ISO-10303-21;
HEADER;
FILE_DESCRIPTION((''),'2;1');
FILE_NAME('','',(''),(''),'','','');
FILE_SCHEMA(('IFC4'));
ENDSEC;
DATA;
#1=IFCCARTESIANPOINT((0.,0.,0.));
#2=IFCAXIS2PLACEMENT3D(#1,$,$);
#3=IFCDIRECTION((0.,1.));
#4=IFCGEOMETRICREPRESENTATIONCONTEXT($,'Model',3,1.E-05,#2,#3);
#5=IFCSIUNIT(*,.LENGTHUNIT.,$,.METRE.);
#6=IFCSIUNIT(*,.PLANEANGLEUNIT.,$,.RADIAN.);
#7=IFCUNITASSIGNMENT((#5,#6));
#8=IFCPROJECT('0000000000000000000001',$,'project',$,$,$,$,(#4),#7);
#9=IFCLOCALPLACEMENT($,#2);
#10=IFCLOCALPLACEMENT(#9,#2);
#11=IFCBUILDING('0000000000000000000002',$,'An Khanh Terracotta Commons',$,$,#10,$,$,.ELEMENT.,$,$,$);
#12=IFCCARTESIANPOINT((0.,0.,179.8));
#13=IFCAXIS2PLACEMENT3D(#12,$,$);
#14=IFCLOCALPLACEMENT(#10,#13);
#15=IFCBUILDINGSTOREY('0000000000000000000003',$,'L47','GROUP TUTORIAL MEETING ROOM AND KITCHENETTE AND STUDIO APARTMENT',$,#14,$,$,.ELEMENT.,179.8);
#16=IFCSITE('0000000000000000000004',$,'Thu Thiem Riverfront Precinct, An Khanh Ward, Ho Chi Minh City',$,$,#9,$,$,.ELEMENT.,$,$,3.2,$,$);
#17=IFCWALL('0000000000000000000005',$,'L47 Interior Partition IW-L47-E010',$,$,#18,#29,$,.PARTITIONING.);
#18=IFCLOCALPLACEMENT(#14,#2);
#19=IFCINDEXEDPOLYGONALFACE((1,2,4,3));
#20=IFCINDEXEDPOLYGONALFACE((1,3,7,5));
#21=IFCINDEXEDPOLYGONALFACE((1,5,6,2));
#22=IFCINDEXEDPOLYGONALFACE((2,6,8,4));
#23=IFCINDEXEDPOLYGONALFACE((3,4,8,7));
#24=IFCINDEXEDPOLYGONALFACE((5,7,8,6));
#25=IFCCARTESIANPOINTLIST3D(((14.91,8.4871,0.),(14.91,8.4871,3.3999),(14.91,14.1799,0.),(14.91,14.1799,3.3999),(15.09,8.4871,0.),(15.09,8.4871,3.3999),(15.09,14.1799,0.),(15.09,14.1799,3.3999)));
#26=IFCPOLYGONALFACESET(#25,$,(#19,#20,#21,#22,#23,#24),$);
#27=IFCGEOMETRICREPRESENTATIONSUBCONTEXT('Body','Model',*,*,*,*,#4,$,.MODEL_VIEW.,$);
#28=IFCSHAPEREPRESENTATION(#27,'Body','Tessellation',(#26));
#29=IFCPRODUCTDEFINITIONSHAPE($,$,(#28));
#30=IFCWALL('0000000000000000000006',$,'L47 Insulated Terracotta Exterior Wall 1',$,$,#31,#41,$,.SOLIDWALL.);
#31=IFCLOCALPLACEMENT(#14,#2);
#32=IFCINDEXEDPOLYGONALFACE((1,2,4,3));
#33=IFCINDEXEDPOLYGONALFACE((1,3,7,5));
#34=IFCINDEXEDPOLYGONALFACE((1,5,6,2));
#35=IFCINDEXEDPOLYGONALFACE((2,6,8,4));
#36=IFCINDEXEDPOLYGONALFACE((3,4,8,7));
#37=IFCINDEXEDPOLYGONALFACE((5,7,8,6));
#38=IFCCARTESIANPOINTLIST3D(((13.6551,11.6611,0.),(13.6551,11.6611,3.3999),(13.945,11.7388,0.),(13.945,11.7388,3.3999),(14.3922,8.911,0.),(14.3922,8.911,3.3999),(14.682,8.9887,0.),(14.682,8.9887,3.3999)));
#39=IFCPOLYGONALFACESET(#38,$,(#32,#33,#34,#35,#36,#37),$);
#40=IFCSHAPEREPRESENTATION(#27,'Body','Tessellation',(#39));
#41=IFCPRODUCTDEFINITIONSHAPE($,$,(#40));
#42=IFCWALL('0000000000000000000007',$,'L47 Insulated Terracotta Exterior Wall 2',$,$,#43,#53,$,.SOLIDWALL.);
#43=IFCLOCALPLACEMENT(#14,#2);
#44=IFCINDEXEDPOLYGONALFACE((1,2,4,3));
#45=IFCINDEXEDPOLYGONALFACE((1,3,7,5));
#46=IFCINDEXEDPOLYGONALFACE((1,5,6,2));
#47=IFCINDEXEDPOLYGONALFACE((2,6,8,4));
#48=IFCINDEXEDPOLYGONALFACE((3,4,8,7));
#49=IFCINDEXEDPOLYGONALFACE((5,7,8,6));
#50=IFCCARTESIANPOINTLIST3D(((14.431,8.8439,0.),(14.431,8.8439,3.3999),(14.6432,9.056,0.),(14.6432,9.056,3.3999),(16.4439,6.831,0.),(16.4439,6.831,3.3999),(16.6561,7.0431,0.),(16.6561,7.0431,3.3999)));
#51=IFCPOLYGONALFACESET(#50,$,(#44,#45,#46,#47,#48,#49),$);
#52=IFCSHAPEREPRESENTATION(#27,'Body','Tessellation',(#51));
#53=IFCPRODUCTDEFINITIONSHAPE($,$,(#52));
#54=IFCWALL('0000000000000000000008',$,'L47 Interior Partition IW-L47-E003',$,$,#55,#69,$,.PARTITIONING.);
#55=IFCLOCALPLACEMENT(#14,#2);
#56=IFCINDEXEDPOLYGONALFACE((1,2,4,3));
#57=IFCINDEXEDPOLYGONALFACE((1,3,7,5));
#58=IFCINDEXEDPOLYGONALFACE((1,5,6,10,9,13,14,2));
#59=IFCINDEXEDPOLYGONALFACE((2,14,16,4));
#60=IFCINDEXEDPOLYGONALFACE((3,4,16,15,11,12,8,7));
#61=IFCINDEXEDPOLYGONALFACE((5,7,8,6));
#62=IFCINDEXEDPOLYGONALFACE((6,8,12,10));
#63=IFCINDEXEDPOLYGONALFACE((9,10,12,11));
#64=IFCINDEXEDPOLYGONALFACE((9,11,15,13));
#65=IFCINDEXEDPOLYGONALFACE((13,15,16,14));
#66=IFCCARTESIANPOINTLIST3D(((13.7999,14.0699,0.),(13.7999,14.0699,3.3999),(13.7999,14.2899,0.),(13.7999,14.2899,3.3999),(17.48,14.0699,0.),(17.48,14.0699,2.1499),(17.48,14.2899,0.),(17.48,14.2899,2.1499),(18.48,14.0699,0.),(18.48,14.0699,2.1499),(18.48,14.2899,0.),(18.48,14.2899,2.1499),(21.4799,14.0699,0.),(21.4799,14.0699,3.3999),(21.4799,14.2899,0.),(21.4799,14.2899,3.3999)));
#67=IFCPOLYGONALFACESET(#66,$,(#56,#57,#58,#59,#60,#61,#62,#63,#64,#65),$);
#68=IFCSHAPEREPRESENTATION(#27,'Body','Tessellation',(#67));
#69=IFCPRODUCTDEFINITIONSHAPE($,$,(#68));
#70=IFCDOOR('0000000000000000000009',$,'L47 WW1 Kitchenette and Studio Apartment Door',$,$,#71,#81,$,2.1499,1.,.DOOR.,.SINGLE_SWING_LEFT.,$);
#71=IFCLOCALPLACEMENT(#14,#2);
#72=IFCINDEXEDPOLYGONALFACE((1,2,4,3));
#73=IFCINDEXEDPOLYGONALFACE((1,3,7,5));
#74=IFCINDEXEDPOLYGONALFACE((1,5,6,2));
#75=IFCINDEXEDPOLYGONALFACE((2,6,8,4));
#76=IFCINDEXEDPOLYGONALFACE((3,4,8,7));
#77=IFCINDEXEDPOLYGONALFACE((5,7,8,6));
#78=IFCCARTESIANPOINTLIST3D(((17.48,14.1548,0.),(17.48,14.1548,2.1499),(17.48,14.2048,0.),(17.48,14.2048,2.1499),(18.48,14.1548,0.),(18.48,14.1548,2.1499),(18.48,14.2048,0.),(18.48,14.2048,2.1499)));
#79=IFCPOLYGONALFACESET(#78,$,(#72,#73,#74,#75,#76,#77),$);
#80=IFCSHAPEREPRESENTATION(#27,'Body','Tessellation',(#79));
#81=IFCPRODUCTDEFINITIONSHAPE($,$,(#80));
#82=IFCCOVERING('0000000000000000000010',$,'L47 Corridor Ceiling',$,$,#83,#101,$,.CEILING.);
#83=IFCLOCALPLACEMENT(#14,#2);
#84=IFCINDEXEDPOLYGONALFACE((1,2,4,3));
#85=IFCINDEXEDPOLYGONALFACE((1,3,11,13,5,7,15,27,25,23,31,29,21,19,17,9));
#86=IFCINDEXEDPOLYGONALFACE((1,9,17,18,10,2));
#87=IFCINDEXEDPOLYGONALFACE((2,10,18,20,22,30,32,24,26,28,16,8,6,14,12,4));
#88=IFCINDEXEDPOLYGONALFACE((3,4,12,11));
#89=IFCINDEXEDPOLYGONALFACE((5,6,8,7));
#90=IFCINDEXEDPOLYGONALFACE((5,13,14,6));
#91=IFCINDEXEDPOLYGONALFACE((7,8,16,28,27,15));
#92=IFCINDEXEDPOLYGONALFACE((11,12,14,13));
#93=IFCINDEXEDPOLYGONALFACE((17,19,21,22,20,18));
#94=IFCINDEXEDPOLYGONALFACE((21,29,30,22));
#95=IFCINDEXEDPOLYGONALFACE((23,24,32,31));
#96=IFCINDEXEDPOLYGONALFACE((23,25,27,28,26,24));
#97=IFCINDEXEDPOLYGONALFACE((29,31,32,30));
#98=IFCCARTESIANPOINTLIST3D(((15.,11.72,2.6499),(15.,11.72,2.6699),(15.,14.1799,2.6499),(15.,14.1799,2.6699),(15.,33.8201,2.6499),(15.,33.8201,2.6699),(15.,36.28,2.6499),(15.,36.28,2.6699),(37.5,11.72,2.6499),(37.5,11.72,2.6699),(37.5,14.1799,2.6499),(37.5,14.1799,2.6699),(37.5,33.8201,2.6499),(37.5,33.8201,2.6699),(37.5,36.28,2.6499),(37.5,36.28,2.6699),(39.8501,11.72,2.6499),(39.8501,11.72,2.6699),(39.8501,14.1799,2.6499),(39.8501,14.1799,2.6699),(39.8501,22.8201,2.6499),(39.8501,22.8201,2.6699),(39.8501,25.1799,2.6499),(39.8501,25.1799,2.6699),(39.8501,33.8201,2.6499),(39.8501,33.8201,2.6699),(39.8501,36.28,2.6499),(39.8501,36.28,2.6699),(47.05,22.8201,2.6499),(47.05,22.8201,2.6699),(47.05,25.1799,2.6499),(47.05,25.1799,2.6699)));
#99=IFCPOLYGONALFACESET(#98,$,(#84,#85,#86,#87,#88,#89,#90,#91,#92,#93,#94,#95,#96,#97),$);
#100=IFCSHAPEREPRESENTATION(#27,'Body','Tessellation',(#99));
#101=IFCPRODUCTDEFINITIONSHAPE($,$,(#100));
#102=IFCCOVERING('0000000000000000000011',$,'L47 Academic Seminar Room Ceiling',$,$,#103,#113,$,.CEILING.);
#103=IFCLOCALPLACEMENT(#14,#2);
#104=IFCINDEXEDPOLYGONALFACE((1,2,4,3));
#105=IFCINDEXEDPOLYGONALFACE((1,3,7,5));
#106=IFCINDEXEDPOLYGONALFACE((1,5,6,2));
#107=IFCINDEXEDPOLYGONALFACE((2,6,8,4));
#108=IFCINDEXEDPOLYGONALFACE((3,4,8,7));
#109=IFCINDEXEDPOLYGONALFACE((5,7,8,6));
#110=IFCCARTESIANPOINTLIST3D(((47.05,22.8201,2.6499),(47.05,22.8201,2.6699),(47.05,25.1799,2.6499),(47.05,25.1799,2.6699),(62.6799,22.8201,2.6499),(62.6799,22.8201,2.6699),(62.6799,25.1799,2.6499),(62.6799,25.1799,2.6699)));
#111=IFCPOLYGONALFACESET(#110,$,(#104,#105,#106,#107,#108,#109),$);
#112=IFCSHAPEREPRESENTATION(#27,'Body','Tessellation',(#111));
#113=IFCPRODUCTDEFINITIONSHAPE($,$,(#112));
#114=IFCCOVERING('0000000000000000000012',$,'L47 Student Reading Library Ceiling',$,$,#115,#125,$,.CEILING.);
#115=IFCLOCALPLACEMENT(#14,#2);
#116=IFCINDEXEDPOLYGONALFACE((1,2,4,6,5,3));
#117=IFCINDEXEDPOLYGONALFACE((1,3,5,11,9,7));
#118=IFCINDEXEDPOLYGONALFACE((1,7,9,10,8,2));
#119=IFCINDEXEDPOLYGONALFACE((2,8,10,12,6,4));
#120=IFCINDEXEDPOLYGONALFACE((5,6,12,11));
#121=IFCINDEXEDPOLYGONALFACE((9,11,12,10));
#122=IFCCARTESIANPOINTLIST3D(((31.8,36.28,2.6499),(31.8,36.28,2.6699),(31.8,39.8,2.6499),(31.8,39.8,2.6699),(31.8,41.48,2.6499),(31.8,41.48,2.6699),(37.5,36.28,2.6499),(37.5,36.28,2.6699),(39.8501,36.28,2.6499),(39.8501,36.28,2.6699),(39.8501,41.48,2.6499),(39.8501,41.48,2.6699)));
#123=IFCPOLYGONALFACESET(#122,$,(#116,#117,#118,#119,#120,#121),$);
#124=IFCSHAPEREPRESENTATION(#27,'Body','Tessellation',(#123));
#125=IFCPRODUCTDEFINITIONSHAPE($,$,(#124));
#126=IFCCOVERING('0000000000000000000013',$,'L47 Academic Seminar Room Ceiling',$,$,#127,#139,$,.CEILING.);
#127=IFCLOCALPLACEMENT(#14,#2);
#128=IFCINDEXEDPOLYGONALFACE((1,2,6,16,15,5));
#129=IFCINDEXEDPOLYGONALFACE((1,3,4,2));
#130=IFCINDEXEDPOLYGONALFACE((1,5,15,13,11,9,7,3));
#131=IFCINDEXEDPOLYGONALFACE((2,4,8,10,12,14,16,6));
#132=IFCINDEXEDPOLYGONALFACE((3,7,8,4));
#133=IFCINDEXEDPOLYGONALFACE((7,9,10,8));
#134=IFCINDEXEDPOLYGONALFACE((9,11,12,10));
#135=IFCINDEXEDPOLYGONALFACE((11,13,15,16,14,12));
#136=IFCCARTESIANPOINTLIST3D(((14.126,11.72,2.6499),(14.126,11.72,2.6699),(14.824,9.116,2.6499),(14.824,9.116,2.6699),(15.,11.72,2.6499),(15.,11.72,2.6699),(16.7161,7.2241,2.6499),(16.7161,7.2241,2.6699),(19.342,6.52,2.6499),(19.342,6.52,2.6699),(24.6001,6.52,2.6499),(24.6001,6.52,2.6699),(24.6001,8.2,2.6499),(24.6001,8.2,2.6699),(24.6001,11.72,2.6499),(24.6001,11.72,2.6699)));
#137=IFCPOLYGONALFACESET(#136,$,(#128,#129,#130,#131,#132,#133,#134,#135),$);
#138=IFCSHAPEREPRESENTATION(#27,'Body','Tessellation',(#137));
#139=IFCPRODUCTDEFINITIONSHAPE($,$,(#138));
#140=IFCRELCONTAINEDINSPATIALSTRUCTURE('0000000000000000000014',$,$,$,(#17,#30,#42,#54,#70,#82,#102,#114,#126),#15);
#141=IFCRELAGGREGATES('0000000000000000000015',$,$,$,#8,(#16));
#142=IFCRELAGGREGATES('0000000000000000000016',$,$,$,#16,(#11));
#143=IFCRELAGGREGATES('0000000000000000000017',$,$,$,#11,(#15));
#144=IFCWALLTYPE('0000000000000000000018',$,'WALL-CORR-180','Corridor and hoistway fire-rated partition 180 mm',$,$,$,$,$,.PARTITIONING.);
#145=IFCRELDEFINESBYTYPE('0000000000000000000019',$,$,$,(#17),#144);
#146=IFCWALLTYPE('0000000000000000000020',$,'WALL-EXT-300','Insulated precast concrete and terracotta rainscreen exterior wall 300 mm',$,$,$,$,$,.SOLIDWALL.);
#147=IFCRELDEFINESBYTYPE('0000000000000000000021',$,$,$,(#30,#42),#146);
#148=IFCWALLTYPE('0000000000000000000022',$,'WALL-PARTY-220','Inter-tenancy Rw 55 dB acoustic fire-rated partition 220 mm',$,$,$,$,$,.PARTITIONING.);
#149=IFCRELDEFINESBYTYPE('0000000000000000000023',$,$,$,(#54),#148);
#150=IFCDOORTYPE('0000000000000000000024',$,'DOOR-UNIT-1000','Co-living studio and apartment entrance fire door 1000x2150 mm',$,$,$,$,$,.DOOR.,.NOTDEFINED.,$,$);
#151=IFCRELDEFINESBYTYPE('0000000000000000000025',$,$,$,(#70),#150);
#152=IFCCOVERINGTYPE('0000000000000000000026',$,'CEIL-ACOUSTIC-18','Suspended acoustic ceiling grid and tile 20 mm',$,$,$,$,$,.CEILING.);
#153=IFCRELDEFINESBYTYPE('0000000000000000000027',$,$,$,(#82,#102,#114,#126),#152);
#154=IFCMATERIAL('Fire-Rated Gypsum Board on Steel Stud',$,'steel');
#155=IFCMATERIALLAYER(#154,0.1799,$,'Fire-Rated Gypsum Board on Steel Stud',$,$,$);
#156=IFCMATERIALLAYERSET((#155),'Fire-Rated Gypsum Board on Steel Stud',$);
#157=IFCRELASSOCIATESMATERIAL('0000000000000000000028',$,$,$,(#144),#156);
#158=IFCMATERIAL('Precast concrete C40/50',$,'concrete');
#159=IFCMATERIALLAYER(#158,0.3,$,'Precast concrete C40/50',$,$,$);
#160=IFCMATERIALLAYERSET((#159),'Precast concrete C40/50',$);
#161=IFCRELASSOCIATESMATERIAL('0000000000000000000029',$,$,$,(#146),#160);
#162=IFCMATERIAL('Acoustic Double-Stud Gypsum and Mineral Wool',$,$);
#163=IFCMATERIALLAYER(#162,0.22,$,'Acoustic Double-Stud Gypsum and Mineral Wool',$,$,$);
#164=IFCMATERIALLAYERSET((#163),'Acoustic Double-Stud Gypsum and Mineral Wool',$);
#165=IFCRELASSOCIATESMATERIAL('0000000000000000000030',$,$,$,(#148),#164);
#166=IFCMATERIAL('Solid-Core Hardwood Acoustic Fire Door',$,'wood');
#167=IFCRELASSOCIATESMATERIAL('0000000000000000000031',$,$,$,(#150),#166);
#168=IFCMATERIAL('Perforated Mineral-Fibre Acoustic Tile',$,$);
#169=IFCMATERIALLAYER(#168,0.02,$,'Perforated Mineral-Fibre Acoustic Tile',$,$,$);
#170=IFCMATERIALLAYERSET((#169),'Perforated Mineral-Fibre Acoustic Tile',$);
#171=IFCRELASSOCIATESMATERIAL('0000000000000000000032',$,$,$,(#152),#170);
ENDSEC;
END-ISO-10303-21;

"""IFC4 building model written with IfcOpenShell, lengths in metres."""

from ifc_helpers import new_model, si_unit, direction, frame, frame_2d, origin, place, context, subcontext, project, spatial, polyline, rectangle, outline, extrude, material, layer, layer_set, type_object, element, fill, save


model = new_model("IFC4")

# Units and contexts
model_context = context("Model", 3, precision=1e-05, world=origin(), true_north=direction((0.0, 1.0)))
body_context = subcontext(model_context, "Body", "Model", "MODEL_VIEW")
ifc_project = project(units=[si_unit("LENGTHUNIT", "METRE"), si_unit("PLANEANGLEUNIT", "RADIAN")], contexts=[model_context])

# Site, building, storey
site_placement = place(None, origin())
site = spatial("IfcSite", under=ifc_project, at=site_placement, Name="Thu Thiem Riverfront Precinct, An Khanh Ward, Ho Chi Minh City", CompositionType="ELEMENT", RefElevation=3.2)
building_placement = place(site_placement, origin())
building = spatial("IfcBuilding", under=site, at=building_placement, Name="An Khanh Terracotta Commons", CompositionType="ELEMENT")
storey_placement = place(building_placement, frame((0.0, 0.0, 179.8)))
storey = spatial("IfcBuildingStorey", under=building, at=storey_placement, Name="L47", Description="GROUP TUTORIAL MEETING ROOM AND KITCHENETTE AND STUDIO APARTMENT", CompositionType="ELEMENT", Elevation=179.8)

# Shared definitions
ifc_material_1 = material(Name="Precast concrete C40/50", Category="concrete")

# Shared definitions
ifc_material_2 = material(Name="Fire-Rated Gypsum Board on Steel Stud", Category="steel")
ifc_layer_1 = layer(ifc_material_2, 0.1799, Name="Fire-Rated Gypsum Board on Steel Stud")
ifc_layer_set_1 = layer_set([ifc_layer_1], Name="Fire-Rated Gypsum Board on Steel Stud")
wall_type_1 = type_object("IfcWallType", Name="WALL-CORR-180", Description="Corridor and hoistway fire-rated partition 180 mm", PredefinedType="PARTITIONING", material=ifc_layer_set_1)

# Walls
wall_1_placement = place(storey_placement, frame((15.0, 8.4871, 0.0), z_axis=(0.0, 0.0, 1.0), x_axis=(0.0, 1.0, 0.0)))
element("IfcWall", 1, at=wall_1_placement, inside=storey, type_object=wall_type_1, Name="L47 Interior Partition IW-L47-E010", PredefinedType="PARTITIONING", context=body_context, shape_type="SweptSolid", body=[
    extrude(rectangle(XDim=5.6929, YDim=0.1799, at=frame_2d((2.8464, 0.0))), origin(), (0.0, 0.0, 1.0), 3.3999),
])
ifc_layer_2 = layer(ifc_material_1, 0.3, Name="Precast concrete C40/50")
ifc_layer_set_2 = layer_set([ifc_layer_2], Name="Precast concrete C40/50")
wall_type_2 = type_object("IfcWallType", Name="WALL-EXT-300", Description="Insulated precast concrete and terracotta rainscreen exterior wall 300 mm", PredefinedType="SOLIDWALL", material=ifc_layer_set_2)
wall_2_placement = place(storey_placement, frame((13.8, 11.7, 0.0), z_axis=(0.0, 0.0, 1.0), x_axis=(0.258885, -0.965908, 0.0)))
element("IfcWall", 2, at=wall_2_placement, inside=storey, type_object=wall_type_2, Name="L47 Insulated Terracotta Exterior Wall 1", PredefinedType="SOLIDWALL", context=body_context, shape_type="SweptSolid", body=[
    extrude(rectangle(XDim=2.8472, YDim=0.3, at=frame_2d((1.4236, 0.0))), origin(), (0.0, 0.0, 1.0), 3.3999),
])
wall_3_placement = place(storey_placement, frame((14.5371, 8.95, 0.0), z_axis=(0.0, 0.0, 1.0), x_axis=(0.707107, -0.707107, 0.0)))
element("IfcWall", 3, at=wall_3_placement, inside=storey, type_object=wall_type_2, Name="L47 Insulated Terracotta Exterior Wall 2", PredefinedType="SOLIDWALL", context=body_context, shape_type="SweptSolid", body=[
    extrude(rectangle(XDim=2.8467, YDim=0.3, at=frame_2d((1.4233, 0.0))), origin(), (0.0, 0.0, 1.0), 3.3999),
])

# Wall, opening, door
ifc_material_3 = material(Name="Acoustic Double-Stud Gypsum and Mineral Wool")
ifc_layer_3 = layer(ifc_material_3, 0.22, Name="Acoustic Double-Stud Gypsum and Mineral Wool")
ifc_layer_set_3 = layer_set([ifc_layer_3], Name="Acoustic Double-Stud Gypsum and Mineral Wool")
wall_type_3 = type_object("IfcWallType", Name="WALL-PARTY-220", Description="Inter-tenancy Rw 55 dB acoustic fire-rated partition 220 mm", PredefinedType="PARTITIONING", material=ifc_layer_set_3)
wall_4_placement = place(storey_placement, frame((13.8, 14.1799, 0.0), z_axis=(0.0, 0.0, 1.0), x_axis=(1.0, 0.0, 0.0)))
wall_4 = element("IfcWall", 4, at=wall_4_placement, inside=storey, type_object=wall_type_3, Name="L47 Interior Partition IW-L47-E003", PredefinedType="PARTITIONING", context=body_context, shape_type="SweptSolid", body=[
    extrude(rectangle(XDim=7.6799, YDim=0.22, at=frame_2d((3.8398, 0.0))), origin(), (0.0, 0.0, 1.0), 3.3999),
])
opening_1_placement = place(wall_4_placement, frame((3.6799, 0.0, 0.0)))
opening_1 = element("IfcOpeningElement", 5, at=opening_1_placement, cuts=wall_4, PredefinedType="OPENING", context=body_context, shape_type="SweptSolid", body=[
    extrude(rectangle(XDim=1.0, YDim=2.1499, at=frame_2d((0.5, 1.075))), frame((0.0, 0.1199, 0.0), z_axis=(0.0, -1.0, 0.0), x_axis=(1.0, 0.0, 0.0)), (0.0, 0.0, 1.0), 0.24),
])
ifc_material_4 = material(Name="Solid-Core Hardwood Acoustic Fire Door", Category="wood")
door_type_1 = type_object("IfcDoorType", Name="DOOR-UNIT-1000", Description="Co-living studio and apartment entrance fire door 1000x2150 mm", OperationType="NOTDEFINED", PredefinedType="DOOR", material=ifc_material_4)
door_1_placement = place(opening_1_placement, origin())
door_1 = element("IfcDoor", 6, at=door_1_placement, inside=storey, type_object=door_type_1, Name="L47 WW1 Kitchenette and Studio Apartment Door", OperationType="SINGLE_SWING_LEFT", OverallHeight=2.1499, OverallWidth=1.0, PredefinedType="DOOR", context=body_context, shape_type="SweptSolid", body=[
    extrude(rectangle(XDim=1.0, YDim=2.1499, at=frame_2d((0.5, 1.075))), frame((0.0, 0.0249, 0.0), z_axis=(0.0, -1.0, 0.0), x_axis=(1.0, 0.0, 0.0)), (0.0, 0.0, 1.0), 0.05),
])
fill(opening_1, door_1)

# Coverings
ifc_material_5 = material(Name="Perforated Mineral-Fibre Acoustic Tile")
ifc_layer_4 = layer(ifc_material_5, 0.02, Name="Perforated Mineral-Fibre Acoustic Tile")
ifc_layer_set_4 = layer_set([ifc_layer_4], Name="Perforated Mineral-Fibre Acoustic Tile")
covering_type = type_object("IfcCoveringType", Name="CEIL-ACOUSTIC-18", Description="Suspended acoustic ceiling grid and tile 20 mm", PredefinedType="CEILING", material=ifc_layer_set_4)
covering_1_placement = place(storey_placement, frame((0.0, 0.0, 2.6499)))
element("IfcCovering", 7, at=covering_1_placement, inside=storey, type_object=covering_type, Name="L47 Corridor Ceiling", PredefinedType="CEILING", context=body_context, shape_type="SweptSolid", body=[
    extrude(outline(polyline([(15.0, 11.72), (15.0, 14.1799), (37.5, 14.1799), (37.5, 33.8201), (15.0, 33.8201), (15.0, 36.28), (37.5, 36.28), (39.8501, 36.28), (39.8501, 33.8201), (39.8501, 25.1799), (47.05, 25.1799), (47.05, 22.8201), (39.8501, 22.8201), (39.8501, 14.1799), (39.8501, 11.72), (37.5, 11.72), (15.0, 11.72)])), origin(), (0.0, 0.0, 1.0), 0.02),
])
covering_2_placement = place(storey_placement, frame((0.0, 0.0, 2.6499)))
element("IfcCovering", 8, at=covering_2_placement, inside=storey, type_object=covering_type, Name="L47 Academic Seminar Room Ceiling", PredefinedType="CEILING", context=body_context, shape_type="SweptSolid", body=[
    extrude(outline(polyline([(62.6799, 22.8201), (47.05, 22.8201), (47.05, 25.1799), (62.6799, 25.1799), (62.6799, 22.8201)])), origin(), (0.0, 0.0, 1.0), 0.02),
])
covering_3_placement = place(storey_placement, frame((0.0, 0.0, 2.6499)))
element("IfcCovering", 9, at=covering_3_placement, inside=storey, type_object=covering_type, Name="L47 Student Reading Library Ceiling", PredefinedType="CEILING", context=body_context, shape_type="SweptSolid", body=[
    extrude(outline(polyline([(39.8501, 41.48), (39.8501, 36.28), (37.5, 36.28), (31.8, 36.28), (31.8, 39.8), (31.8, 41.48), (39.8501, 41.48)])), origin(), (0.0, 0.0, 1.0), 0.02),
])
covering_4_placement = place(storey_placement, frame((0.0, 0.0, 2.6499)))
element("IfcCovering", 10, at=covering_4_placement, inside=storey, type_object=covering_type, Name="L47 Academic Seminar Room Ceiling", PredefinedType="CEILING", context=body_context, shape_type="SweptSolid", body=[
    extrude(outline(polyline([(19.342, 6.52), (16.7161, 7.2241), (14.824, 9.116), (14.126, 11.72), (15.0, 11.72), (24.6001, 11.72), (24.6001, 8.2), (24.6001, 6.52), (19.342, 6.52)])), origin(), (0.0, 0.0, 1.0), 0.02),
])

save(model, "model.ifc")
